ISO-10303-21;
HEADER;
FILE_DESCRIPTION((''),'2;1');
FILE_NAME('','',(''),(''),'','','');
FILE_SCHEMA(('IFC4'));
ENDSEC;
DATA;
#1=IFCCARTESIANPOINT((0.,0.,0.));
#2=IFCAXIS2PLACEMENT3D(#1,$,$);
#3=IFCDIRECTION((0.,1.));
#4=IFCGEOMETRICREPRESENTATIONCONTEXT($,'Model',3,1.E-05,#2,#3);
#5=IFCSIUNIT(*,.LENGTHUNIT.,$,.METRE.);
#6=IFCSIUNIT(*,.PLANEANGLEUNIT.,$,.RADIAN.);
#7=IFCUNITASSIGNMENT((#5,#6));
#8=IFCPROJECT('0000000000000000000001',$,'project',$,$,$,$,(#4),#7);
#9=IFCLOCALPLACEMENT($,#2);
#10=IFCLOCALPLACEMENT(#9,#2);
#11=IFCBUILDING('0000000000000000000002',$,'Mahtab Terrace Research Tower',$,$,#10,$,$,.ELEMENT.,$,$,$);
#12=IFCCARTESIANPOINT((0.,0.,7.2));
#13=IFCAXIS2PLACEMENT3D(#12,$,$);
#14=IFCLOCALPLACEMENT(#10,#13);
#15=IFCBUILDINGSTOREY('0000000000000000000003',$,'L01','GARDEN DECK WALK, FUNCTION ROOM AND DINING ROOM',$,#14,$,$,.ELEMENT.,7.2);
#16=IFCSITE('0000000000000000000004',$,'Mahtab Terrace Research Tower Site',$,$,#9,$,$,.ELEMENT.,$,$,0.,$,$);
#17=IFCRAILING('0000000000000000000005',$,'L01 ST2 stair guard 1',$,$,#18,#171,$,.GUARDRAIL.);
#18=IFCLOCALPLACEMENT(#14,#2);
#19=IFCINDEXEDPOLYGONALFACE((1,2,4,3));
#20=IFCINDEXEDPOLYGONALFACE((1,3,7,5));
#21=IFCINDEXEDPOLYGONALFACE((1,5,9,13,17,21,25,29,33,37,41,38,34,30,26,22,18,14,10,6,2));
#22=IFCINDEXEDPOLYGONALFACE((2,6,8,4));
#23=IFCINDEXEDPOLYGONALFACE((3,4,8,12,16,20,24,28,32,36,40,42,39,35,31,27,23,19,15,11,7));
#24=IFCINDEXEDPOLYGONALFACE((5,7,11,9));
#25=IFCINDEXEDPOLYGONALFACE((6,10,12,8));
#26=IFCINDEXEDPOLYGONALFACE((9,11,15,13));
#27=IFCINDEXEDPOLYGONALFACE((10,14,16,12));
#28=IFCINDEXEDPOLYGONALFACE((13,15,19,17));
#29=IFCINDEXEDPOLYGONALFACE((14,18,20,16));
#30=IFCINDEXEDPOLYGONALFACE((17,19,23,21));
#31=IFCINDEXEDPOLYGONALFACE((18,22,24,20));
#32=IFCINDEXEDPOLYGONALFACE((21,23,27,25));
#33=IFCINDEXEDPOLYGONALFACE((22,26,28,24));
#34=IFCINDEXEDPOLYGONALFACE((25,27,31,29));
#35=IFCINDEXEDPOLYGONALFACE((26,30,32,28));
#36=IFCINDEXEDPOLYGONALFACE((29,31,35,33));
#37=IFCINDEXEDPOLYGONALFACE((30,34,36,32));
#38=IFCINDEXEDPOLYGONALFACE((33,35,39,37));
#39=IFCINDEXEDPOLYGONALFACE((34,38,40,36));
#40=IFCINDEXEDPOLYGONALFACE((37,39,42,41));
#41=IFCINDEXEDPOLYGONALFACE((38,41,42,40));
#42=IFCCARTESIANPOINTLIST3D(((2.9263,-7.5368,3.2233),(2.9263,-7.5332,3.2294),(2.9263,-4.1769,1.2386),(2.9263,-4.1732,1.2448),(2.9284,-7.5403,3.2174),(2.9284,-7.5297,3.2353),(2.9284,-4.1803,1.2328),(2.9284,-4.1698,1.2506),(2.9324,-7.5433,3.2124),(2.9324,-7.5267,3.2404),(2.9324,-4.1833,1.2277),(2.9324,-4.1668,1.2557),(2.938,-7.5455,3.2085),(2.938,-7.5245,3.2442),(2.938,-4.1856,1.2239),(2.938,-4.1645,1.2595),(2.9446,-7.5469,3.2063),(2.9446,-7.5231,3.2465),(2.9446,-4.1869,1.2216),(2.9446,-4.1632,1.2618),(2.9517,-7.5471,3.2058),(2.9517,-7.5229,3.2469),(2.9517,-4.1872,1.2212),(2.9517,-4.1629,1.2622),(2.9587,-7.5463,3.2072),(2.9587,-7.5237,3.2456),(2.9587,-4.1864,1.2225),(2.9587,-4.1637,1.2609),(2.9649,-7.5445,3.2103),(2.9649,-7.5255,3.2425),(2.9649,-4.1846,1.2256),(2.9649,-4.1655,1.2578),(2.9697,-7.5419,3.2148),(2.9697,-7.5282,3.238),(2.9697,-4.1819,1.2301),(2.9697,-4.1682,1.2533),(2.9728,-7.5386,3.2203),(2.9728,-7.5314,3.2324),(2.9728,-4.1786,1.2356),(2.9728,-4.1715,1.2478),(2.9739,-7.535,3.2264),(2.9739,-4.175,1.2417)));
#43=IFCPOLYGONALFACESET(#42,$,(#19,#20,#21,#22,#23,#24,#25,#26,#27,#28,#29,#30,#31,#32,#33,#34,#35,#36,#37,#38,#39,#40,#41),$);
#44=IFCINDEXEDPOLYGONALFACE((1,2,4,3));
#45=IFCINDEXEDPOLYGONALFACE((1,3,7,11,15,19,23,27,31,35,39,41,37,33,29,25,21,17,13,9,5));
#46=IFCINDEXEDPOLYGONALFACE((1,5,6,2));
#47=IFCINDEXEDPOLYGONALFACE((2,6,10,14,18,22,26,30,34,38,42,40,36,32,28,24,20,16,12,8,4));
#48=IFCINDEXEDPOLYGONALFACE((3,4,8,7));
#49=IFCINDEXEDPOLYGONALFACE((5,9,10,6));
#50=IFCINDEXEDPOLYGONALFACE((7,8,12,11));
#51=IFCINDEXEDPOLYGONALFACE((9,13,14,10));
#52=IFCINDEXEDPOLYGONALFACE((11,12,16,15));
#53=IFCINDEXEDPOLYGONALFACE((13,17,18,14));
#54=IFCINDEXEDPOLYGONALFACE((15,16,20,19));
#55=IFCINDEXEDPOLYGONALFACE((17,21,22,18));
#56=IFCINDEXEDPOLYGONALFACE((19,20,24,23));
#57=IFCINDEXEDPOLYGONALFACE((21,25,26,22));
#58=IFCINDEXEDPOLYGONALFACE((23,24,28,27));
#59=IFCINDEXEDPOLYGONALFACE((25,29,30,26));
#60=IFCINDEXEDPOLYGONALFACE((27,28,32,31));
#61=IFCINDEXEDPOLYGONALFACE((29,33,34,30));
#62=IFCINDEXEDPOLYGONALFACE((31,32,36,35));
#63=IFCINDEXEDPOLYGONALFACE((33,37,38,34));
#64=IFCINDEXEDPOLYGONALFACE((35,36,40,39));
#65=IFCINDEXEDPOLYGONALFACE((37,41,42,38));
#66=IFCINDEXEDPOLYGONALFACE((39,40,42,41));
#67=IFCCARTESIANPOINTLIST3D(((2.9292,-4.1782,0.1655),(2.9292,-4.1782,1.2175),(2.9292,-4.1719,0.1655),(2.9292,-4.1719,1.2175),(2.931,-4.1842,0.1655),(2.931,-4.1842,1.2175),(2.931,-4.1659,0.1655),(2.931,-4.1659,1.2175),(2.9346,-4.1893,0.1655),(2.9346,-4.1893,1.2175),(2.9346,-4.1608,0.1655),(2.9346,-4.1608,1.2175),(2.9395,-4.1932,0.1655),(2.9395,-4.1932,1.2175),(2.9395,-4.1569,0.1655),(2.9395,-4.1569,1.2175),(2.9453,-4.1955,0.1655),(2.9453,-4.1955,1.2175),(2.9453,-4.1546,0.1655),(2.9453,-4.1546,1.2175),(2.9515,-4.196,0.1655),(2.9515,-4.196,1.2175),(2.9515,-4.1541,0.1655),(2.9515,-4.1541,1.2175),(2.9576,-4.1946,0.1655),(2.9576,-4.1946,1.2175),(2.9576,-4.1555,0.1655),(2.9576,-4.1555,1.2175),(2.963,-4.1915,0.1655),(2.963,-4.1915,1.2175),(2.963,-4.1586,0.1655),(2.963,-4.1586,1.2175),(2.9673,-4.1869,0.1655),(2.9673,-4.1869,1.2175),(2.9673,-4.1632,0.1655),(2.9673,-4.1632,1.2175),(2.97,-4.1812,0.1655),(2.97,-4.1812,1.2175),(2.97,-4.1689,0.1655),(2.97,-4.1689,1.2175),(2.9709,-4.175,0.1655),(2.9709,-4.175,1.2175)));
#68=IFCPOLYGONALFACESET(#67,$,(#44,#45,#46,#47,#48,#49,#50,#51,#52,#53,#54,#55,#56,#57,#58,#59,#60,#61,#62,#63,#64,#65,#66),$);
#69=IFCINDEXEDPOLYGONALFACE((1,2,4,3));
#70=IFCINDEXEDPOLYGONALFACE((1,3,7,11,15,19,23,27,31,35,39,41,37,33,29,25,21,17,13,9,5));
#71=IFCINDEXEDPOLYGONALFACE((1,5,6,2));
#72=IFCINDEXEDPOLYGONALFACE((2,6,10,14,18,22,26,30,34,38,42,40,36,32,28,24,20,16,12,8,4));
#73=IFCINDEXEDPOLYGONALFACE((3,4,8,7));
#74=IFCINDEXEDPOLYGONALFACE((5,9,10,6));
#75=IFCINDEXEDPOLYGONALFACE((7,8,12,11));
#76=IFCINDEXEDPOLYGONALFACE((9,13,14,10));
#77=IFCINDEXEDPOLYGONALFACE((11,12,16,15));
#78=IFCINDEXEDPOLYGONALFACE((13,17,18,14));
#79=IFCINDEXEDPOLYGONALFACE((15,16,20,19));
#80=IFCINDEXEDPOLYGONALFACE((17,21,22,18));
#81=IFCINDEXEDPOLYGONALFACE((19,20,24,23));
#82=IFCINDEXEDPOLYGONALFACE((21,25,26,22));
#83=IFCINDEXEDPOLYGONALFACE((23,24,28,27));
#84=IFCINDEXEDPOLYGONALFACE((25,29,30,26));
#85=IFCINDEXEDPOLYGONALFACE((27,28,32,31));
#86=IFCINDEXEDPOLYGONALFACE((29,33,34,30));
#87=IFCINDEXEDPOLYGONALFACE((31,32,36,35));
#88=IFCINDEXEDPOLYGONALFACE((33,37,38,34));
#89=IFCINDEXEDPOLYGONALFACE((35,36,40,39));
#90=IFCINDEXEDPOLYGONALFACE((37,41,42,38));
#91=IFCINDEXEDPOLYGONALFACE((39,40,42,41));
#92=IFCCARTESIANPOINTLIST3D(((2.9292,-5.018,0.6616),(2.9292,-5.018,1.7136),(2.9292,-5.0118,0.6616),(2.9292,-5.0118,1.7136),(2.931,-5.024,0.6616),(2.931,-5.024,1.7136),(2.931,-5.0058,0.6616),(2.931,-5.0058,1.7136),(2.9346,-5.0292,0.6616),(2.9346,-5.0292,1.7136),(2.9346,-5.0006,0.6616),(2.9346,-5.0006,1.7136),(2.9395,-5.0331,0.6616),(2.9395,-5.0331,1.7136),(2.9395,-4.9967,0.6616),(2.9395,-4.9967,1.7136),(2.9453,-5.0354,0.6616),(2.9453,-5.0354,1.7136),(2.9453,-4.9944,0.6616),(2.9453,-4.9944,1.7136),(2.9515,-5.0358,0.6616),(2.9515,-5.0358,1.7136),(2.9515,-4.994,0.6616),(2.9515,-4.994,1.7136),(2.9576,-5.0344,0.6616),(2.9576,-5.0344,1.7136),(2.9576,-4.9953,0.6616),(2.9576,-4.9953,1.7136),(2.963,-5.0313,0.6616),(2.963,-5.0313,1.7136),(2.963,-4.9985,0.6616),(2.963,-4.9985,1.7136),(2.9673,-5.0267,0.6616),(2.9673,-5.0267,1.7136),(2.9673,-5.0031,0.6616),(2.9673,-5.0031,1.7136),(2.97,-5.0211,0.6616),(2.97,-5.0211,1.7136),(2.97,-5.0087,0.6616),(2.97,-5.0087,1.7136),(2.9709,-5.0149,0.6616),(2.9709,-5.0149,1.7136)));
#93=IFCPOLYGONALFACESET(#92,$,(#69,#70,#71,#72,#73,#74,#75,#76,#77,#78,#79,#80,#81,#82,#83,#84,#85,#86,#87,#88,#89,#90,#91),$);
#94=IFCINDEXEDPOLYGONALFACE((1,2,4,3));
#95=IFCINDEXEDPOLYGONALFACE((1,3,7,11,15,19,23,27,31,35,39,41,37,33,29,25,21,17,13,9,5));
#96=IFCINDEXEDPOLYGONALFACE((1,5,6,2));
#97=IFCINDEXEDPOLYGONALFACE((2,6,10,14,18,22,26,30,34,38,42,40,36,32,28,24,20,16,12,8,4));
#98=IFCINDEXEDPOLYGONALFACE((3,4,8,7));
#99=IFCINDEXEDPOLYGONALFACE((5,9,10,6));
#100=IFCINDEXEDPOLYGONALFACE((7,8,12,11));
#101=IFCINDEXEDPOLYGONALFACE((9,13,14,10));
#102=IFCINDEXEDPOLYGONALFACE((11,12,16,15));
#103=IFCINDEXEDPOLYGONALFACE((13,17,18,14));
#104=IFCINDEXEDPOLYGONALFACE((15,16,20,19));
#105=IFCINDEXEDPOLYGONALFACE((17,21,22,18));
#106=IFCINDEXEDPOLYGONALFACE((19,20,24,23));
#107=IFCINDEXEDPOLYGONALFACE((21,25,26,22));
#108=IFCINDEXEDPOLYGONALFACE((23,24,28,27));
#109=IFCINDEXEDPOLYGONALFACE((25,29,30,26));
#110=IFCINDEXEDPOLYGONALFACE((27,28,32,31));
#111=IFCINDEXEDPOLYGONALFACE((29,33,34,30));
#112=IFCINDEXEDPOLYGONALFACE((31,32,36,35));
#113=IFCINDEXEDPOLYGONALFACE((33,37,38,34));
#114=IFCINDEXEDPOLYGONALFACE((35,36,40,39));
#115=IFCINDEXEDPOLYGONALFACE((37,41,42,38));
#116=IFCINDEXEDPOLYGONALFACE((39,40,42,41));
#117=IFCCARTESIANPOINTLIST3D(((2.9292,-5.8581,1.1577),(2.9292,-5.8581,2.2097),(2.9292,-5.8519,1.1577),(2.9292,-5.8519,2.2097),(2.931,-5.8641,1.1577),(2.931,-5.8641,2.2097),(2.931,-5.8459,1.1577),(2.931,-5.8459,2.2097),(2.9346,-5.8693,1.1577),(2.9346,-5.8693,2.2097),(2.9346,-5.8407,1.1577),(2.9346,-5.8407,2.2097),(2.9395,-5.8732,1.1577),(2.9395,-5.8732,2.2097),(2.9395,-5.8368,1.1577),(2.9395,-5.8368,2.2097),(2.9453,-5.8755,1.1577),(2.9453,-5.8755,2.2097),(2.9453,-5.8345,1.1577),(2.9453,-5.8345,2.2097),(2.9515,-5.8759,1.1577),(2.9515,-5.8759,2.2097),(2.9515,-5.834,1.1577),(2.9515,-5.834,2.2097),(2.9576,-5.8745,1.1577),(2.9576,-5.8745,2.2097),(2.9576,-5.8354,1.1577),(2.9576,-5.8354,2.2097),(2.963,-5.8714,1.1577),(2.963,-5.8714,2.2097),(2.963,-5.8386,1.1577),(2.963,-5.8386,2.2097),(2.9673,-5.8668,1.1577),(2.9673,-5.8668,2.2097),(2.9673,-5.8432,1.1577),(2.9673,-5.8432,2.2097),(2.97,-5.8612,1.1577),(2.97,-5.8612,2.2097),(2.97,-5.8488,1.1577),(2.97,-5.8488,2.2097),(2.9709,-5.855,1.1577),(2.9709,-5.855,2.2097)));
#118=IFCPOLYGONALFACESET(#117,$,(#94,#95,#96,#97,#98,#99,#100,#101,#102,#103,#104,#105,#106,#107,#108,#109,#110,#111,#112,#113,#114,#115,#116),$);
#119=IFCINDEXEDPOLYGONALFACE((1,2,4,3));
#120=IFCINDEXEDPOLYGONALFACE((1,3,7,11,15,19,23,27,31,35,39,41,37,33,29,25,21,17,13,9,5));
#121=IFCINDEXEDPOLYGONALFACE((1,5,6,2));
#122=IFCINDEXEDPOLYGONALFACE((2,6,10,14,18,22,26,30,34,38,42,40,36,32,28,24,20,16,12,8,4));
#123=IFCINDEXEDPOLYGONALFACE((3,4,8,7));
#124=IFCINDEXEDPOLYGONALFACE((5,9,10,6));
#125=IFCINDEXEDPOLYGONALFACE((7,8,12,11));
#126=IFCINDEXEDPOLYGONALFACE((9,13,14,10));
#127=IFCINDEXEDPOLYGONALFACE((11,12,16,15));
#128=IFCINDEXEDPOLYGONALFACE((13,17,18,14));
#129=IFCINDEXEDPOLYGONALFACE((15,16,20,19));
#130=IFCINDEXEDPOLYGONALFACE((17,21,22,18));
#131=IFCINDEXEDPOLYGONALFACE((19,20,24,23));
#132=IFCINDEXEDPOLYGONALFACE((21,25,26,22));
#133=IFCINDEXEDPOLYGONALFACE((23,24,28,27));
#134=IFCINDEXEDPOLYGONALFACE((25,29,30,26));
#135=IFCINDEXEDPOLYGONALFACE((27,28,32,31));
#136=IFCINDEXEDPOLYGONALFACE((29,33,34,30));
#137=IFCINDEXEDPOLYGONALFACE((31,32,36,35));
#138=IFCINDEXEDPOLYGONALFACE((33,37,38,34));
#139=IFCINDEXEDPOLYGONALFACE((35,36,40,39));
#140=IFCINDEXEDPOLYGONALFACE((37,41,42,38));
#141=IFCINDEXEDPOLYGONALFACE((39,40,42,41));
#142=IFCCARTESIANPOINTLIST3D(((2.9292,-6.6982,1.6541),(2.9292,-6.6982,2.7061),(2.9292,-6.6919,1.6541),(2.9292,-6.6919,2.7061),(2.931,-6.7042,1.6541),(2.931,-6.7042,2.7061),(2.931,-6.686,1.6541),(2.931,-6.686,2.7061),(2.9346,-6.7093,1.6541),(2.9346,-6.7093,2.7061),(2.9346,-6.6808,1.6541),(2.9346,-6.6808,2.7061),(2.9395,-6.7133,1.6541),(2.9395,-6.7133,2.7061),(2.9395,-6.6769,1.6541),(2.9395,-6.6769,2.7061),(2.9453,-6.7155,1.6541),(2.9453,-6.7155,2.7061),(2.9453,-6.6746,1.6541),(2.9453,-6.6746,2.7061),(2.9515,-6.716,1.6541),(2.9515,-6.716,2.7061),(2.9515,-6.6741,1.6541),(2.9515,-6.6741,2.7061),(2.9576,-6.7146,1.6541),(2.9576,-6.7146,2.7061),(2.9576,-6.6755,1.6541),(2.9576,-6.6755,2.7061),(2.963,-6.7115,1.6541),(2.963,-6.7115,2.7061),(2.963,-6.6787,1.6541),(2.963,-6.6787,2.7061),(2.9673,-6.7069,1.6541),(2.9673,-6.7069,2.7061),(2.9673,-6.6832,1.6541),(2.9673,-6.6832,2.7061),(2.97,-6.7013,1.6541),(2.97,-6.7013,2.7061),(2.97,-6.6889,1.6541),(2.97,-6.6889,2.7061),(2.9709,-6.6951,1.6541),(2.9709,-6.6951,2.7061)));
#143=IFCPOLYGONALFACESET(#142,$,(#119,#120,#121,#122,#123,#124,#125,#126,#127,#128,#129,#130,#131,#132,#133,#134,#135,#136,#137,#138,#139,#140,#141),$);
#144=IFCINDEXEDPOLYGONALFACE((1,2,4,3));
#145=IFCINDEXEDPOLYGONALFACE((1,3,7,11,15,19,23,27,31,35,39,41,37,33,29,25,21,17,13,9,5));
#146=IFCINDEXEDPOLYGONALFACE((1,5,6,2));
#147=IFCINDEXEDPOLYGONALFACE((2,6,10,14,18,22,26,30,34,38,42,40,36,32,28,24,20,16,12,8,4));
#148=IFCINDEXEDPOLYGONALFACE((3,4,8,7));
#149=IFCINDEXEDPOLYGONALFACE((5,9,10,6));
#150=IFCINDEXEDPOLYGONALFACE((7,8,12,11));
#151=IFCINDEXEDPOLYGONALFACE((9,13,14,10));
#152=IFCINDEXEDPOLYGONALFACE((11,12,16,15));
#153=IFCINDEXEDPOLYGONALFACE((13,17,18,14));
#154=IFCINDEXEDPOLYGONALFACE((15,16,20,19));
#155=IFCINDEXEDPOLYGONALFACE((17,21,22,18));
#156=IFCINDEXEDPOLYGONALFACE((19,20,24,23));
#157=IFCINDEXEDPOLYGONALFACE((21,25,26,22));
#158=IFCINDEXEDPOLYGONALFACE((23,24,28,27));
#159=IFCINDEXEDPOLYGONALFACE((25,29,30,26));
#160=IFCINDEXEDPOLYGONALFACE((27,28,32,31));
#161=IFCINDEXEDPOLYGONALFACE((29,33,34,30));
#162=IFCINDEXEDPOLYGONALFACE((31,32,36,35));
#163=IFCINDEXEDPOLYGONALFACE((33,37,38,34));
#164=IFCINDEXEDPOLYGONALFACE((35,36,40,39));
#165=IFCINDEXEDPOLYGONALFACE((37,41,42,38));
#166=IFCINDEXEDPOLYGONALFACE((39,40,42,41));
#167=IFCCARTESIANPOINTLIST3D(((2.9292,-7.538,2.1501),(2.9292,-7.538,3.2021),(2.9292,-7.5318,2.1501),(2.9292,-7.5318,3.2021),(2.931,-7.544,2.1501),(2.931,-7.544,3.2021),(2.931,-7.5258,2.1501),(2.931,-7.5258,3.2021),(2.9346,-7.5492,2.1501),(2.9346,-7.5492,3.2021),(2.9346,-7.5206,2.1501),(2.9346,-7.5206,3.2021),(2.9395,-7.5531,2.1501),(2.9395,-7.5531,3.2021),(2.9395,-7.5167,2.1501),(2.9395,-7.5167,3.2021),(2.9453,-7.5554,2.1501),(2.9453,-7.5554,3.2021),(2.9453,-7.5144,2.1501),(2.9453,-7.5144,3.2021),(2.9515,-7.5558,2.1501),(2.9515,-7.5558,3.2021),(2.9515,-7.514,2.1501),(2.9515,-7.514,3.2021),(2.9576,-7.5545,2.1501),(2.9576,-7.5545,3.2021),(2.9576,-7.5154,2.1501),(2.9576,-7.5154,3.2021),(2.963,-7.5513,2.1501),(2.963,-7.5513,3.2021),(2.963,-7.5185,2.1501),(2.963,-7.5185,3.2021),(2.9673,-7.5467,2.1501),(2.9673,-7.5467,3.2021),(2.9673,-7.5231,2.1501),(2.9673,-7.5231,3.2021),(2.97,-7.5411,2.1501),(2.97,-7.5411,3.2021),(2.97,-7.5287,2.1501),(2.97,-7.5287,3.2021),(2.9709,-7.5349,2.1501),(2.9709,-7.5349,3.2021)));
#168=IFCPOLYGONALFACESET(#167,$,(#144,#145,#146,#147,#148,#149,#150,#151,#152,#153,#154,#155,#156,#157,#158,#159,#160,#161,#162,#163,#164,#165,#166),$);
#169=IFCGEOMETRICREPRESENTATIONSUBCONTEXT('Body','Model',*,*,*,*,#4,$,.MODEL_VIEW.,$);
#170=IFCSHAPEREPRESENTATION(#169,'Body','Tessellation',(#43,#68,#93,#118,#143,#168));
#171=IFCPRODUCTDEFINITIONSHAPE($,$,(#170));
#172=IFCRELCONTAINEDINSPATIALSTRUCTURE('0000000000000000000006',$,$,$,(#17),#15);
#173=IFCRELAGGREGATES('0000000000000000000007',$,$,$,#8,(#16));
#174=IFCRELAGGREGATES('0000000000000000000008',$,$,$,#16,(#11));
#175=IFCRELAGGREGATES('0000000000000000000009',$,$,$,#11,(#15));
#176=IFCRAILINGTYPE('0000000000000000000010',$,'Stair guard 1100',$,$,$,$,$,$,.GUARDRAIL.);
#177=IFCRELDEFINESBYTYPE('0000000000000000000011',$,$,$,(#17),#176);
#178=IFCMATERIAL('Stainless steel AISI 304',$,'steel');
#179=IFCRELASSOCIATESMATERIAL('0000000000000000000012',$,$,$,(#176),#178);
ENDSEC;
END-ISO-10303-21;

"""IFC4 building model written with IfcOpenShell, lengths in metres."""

from ifc_helpers import new_model, si_unit, direction, frame, origin, origin_2d, place, context, subcontext, project, spatial, circle, extrude, material, type_object, element, save


model = new_model("IFC4")

# Units and contexts
model_context = context("Model", 3, precision=1e-05, world=origin(), true_north=direction((0.0, 1.0)))
body_context = subcontext(model_context, "Body", "Model", "MODEL_VIEW")
ifc_project = project(units=[si_unit("LENGTHUNIT", "METRE"), si_unit("PLANEANGLEUNIT", "RADIAN")], contexts=[model_context])

# Site, building, storey
site_placement = place(None, origin())
site = spatial("IfcSite", under=ifc_project, at=site_placement, Name="Mahtab Terrace Research Tower Site", CompositionType="ELEMENT", RefElevation=0.0)
building_placement = place(site_placement, origin())
building = spatial("IfcBuilding", under=site, at=building_placement, Name="Mahtab Terrace Research Tower", CompositionType="ELEMENT")
storey_placement = place(building_placement, frame((0.0, 0.0, 7.2)))
storey = spatial("IfcBuildingStorey", under=building, at=storey_placement, Name="L01", Description="GARDEN DECK WALK, FUNCTION ROOM AND DINING ROOM", CompositionType="ELEMENT", Elevation=7.2)

# Shared definitions
ifc_material_1 = material(Name="Stainless steel AISI 304", Category="steel")

# Railing
railing_type_1 = type_object("IfcRailingType", Name="Stair guard 1100", PredefinedType="GUARDRAIL", material=ifc_material_1)
railing_1_placement = place(storey_placement, frame((2.95, -4.175, 0.1655)))
element("IfcRailing", 1, at=railing_1_placement, inside=storey, type_object=railing_type_1, Name="L01 ST2 stair guard 1", PredefinedType="GUARDRAIL", context=body_context, shape_type="SweptSolid", body=[
    extrude(circle(Radius=0.0239, at=origin_2d()), frame((0.0, 0.0, 1.0762), z_axis=(0.0, -0.861011, 0.508586), x_axis=(1.0, 0.0, 0.0)), (0.0, 0.0, 1.0), 3.9023),
    extrude(circle(Radius=0.021, at=origin_2d()), origin(), (0.0, 0.0, 1.0), 1.052),
    extrude(circle(Radius=0.021, at=origin_2d()), frame((0.0, -0.8398, 0.4961)), (0.0, 0.0, 1.0), 1.052),
    extrude(circle(Radius=0.021, at=origin_2d()), frame((0.0, -1.6799, 0.9922)), (0.0, 0.0, 1.0), 1.052),
    extrude(circle(Radius=0.021, at=origin_2d()), frame((0.0, -2.52, 1.4885)), (0.0, 0.0, 1.0), 1.052),
    extrude(circle(Radius=0.021, at=origin_2d()), frame((0.0, -3.3599, 1.9846)), (0.0, 0.0, 1.0), 1.052),
])

save(model, "model.ifc")
